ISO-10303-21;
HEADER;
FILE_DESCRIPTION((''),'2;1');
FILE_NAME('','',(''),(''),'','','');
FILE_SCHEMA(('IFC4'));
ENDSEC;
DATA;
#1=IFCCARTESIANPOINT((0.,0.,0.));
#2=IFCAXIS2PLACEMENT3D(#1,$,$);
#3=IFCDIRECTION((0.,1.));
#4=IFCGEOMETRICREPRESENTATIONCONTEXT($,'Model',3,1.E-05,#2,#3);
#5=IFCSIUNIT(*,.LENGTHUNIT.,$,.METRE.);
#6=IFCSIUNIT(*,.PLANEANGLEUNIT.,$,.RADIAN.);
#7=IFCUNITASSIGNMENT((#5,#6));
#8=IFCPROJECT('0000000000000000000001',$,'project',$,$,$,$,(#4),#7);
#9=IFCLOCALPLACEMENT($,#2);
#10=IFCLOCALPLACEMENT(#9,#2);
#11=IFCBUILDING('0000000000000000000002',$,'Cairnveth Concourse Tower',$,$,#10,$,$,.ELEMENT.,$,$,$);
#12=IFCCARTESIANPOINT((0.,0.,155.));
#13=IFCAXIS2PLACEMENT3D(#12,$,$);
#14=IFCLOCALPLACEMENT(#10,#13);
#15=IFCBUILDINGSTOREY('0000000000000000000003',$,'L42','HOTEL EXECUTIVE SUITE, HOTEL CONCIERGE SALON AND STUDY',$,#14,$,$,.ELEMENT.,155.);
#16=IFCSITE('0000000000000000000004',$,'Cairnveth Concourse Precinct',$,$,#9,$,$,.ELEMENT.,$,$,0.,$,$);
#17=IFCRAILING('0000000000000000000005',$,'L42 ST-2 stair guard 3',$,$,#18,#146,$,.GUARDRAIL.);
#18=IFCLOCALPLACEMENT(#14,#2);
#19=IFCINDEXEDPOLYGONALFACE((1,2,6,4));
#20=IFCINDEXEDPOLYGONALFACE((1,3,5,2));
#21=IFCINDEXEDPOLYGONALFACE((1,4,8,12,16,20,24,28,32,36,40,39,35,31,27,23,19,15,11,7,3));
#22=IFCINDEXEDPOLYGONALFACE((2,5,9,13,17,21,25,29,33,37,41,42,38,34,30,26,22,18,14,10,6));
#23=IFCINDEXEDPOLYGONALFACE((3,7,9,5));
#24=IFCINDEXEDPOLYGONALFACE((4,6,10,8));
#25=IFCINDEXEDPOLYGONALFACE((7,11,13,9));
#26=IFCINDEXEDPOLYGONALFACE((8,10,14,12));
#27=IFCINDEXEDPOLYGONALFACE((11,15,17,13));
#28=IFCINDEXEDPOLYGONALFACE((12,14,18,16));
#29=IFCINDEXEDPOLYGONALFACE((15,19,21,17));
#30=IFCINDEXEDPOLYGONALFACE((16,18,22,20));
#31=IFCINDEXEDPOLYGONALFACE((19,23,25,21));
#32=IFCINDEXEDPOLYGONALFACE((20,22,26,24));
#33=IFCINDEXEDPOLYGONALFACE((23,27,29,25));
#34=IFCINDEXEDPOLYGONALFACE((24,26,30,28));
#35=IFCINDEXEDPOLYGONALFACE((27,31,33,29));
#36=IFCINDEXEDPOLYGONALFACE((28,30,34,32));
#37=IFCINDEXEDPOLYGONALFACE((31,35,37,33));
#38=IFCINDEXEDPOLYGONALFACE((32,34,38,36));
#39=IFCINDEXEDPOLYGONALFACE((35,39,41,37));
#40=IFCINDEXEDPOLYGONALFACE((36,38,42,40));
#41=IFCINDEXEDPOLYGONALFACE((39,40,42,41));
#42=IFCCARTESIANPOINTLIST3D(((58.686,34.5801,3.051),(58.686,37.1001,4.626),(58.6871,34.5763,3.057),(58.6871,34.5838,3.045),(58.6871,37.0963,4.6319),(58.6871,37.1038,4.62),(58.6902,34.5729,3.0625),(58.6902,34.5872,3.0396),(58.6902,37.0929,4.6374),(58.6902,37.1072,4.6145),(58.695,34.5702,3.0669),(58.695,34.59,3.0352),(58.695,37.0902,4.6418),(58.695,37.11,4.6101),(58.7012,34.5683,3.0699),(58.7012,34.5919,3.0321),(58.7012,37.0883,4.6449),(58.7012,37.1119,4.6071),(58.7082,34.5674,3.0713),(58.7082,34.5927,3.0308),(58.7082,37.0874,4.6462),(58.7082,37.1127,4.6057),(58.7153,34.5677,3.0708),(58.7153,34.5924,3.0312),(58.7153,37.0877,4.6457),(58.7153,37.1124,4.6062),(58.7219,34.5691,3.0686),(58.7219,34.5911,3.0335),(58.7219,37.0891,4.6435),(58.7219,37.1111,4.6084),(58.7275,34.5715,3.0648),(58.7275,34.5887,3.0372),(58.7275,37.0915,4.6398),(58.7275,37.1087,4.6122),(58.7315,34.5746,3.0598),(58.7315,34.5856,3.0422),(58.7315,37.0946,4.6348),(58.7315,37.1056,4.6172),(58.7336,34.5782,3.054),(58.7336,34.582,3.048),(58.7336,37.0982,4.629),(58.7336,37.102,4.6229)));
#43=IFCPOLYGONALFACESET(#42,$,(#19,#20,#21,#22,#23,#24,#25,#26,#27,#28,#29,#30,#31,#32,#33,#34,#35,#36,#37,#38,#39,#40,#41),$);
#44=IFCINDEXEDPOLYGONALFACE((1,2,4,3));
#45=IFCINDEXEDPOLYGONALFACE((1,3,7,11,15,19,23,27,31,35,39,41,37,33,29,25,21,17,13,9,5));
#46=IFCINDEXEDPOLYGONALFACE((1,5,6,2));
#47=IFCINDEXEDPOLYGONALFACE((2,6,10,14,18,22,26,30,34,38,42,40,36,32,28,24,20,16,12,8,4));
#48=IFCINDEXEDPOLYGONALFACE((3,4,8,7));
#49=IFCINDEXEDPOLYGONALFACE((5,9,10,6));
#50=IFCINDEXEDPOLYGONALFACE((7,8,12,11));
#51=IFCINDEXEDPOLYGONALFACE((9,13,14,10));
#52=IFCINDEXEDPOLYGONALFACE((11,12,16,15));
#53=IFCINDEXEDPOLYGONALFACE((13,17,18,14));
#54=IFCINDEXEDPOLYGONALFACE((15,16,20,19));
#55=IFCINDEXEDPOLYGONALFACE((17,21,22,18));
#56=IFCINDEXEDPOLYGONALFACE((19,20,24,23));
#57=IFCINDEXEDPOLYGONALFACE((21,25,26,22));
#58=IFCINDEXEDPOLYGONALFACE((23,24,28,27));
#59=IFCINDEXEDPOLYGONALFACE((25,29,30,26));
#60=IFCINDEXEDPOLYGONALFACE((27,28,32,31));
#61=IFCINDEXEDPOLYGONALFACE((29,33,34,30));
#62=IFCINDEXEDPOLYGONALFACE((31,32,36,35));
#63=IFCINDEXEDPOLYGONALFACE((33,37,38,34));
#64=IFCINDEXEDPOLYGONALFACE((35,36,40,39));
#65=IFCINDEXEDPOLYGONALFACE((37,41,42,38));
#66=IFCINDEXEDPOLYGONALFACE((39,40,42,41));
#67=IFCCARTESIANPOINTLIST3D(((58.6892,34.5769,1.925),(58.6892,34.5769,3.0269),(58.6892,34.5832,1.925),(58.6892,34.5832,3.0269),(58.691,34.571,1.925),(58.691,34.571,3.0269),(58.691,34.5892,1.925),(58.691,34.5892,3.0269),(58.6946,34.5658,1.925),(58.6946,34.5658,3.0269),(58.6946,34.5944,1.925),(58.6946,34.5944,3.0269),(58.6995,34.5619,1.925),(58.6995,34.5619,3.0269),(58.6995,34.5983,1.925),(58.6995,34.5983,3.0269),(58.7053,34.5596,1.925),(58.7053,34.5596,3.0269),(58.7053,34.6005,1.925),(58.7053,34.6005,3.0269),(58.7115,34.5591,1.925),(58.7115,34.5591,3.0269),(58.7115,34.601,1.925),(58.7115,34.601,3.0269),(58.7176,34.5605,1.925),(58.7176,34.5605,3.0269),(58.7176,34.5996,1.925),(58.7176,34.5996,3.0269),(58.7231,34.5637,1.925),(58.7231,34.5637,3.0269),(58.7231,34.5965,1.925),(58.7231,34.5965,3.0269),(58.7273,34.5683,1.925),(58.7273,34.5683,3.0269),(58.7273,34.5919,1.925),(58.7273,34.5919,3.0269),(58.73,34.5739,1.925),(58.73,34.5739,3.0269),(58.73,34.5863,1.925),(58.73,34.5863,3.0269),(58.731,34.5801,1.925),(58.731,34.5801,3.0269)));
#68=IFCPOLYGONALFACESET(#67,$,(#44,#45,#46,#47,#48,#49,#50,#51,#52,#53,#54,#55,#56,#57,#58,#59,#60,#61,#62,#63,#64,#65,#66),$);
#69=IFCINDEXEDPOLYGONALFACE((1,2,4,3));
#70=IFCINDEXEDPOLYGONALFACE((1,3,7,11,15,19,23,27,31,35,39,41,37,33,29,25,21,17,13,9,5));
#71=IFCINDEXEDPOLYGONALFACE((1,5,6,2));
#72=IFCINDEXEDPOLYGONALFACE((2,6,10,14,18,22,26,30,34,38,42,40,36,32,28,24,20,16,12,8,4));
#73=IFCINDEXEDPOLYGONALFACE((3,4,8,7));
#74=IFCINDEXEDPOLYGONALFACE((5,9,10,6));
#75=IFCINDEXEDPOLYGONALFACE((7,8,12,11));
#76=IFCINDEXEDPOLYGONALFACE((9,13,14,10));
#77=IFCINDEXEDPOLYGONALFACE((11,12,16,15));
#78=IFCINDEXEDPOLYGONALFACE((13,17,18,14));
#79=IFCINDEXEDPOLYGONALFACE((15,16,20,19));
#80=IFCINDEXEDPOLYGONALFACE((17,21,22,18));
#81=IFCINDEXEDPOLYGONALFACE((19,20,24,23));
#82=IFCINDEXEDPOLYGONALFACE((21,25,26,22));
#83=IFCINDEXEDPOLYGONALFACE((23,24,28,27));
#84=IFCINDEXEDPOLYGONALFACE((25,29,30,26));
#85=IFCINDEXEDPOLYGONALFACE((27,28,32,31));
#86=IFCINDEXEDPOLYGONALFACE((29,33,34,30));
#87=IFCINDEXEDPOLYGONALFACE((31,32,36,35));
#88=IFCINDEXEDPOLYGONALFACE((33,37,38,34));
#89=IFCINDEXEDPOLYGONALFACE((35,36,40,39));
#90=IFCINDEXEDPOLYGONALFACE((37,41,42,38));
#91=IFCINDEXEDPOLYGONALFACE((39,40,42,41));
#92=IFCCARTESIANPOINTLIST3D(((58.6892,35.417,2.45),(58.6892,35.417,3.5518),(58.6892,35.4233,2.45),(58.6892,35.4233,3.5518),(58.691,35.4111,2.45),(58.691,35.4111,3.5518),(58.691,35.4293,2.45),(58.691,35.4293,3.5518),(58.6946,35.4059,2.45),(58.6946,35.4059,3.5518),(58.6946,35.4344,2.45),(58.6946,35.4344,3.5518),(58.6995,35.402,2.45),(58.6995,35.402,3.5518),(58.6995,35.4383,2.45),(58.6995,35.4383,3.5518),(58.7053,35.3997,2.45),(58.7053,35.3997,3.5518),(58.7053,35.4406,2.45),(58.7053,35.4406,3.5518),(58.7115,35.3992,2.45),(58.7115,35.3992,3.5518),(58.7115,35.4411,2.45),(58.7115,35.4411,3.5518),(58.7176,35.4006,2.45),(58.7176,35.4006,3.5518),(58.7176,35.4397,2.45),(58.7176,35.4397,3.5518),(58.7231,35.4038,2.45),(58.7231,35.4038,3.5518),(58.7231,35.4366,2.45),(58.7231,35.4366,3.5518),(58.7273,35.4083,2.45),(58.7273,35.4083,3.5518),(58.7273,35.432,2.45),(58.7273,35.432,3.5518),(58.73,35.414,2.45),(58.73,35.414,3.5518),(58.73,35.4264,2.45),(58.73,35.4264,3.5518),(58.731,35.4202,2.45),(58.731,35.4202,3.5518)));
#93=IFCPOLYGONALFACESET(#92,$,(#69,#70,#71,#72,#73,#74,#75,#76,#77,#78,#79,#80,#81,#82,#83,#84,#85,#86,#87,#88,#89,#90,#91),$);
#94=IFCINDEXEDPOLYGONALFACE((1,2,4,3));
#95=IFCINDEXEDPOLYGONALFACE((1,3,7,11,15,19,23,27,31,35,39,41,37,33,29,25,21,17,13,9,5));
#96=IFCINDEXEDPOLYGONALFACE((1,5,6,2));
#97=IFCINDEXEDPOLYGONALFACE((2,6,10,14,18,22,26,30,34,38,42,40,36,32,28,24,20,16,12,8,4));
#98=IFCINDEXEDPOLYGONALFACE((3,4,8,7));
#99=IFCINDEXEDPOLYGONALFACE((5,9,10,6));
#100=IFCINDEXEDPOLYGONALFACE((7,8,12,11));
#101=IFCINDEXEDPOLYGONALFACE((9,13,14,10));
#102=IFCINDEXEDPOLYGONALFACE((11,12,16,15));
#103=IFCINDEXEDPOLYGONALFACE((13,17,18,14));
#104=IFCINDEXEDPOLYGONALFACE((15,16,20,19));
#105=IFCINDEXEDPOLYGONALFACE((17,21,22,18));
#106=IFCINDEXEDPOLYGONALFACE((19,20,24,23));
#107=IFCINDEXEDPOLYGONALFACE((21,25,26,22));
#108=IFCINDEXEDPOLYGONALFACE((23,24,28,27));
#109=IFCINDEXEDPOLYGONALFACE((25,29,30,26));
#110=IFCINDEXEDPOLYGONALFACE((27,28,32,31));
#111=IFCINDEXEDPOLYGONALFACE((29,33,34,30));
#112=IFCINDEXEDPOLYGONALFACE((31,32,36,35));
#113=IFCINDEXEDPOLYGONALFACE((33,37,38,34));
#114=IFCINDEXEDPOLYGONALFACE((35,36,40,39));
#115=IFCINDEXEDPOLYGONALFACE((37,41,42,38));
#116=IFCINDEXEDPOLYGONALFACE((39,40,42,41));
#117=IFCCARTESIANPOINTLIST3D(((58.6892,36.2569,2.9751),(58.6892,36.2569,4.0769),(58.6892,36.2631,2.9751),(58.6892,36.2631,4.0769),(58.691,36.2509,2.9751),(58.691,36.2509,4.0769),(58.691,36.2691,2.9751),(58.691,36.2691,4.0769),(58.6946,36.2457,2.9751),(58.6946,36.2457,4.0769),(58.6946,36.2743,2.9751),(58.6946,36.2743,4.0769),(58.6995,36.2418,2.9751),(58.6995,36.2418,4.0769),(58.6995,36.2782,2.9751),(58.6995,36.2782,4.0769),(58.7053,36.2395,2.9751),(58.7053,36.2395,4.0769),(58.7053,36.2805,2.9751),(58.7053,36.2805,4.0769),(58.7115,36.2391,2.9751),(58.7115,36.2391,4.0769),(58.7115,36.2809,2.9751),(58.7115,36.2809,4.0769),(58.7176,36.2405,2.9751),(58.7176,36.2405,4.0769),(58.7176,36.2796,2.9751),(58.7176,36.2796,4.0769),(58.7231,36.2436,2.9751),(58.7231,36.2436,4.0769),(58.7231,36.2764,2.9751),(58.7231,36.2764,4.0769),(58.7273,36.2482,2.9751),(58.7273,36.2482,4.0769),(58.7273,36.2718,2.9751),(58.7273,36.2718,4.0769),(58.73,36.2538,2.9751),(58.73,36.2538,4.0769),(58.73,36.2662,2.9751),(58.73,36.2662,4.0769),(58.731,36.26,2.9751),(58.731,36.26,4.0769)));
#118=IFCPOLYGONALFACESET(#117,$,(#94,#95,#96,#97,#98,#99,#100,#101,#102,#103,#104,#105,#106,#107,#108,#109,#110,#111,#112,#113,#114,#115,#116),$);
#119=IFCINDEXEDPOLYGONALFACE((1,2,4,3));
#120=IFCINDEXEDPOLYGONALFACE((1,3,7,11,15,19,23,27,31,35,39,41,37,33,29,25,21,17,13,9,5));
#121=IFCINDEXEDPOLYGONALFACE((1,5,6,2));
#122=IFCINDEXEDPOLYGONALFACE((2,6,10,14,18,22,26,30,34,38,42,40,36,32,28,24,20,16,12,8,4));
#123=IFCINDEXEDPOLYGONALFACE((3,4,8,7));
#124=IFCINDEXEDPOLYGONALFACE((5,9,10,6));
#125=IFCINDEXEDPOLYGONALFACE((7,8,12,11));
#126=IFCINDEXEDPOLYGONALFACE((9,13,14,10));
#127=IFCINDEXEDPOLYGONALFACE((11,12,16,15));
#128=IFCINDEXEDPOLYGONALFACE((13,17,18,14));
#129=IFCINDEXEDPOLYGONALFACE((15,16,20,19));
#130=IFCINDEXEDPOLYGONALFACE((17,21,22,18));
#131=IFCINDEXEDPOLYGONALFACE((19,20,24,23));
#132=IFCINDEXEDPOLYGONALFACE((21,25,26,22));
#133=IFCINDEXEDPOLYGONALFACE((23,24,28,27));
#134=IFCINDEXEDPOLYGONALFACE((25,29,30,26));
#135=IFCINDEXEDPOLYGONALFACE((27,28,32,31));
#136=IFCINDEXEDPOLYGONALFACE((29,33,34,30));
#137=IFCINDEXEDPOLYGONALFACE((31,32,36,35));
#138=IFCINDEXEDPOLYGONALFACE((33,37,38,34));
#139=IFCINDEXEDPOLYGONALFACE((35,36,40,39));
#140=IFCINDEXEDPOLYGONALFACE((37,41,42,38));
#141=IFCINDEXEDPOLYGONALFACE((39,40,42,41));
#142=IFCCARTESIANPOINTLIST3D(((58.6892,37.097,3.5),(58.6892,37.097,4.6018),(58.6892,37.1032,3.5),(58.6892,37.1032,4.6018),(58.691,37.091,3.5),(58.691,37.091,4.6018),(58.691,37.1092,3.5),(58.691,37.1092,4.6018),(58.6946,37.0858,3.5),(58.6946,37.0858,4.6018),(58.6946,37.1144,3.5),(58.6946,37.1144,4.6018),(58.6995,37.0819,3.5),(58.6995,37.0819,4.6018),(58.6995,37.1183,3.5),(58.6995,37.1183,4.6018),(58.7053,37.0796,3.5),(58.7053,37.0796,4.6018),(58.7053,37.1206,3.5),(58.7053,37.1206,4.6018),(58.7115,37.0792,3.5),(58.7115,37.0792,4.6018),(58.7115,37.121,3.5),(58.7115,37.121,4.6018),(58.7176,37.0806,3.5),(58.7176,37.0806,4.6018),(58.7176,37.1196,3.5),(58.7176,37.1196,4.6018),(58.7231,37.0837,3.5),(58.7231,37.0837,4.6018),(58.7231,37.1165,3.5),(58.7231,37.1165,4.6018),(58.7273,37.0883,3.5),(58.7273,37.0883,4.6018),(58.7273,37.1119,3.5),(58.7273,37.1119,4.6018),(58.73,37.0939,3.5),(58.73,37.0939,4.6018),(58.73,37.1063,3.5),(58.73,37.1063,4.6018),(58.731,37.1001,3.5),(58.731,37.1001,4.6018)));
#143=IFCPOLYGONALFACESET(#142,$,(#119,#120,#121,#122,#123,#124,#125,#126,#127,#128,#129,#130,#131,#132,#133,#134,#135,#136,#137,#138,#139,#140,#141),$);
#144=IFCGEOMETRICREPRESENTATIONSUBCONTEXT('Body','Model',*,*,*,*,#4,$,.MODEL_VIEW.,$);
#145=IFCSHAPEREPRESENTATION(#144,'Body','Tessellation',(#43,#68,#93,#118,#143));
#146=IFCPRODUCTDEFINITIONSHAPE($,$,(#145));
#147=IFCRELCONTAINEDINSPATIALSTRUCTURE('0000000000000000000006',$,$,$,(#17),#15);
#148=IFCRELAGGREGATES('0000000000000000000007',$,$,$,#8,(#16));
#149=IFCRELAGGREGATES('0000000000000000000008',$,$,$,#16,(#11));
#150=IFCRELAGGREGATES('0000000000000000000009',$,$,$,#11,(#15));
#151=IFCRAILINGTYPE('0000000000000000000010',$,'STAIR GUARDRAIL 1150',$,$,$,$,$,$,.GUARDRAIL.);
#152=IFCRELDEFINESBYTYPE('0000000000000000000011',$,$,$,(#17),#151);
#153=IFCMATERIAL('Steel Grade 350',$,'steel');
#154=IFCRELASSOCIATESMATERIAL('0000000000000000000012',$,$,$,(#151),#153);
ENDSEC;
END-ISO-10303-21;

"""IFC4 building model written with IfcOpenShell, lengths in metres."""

from ifc_helpers import new_model, si_unit, direction, frame, origin, origin_2d, place, context, subcontext, project, spatial, circle, extrude, material, type_object, element, save


model = new_model("IFC4")

# Units and contexts
model_context = context("Model", 3, precision=1e-05, world=origin(), true_north=direction((0.0, 1.0)))
body_context = subcontext(model_context, "Body", "Model", "MODEL_VIEW")
ifc_project = project(units=[si_unit("LENGTHUNIT", "METRE"), si_unit("PLANEANGLEUNIT", "RADIAN")], contexts=[model_context])

# Site, building, storey
site_placement = place(None, origin())
site = spatial("IfcSite", under=ifc_project, at=site_placement, Name="Cairnveth Concourse Precinct", CompositionType="ELEMENT", RefElevation=0.0)
building_placement = place(site_placement, origin())
building = spatial("IfcBuilding", under=site, at=building_placement, Name="Cairnveth Concourse Tower", CompositionType="ELEMENT")
storey_placement = place(building_placement, frame((0.0, 0.0, 155.0)))
storey = spatial("IfcBuildingStorey", under=building, at=storey_placement, Name="L42", Description="HOTEL EXECUTIVE SUITE, HOTEL CONCIERGE SALON AND STUDY", CompositionType="ELEMENT", Elevation=155.0)

# Shared definitions
ifc_material_1 = material(Name="Steel Grade 350", Category="steel")

# Railing
railing_type = type_object("IfcRailingType", Name="STAIR GUARDRAIL 1150", PredefinedType="GUARDRAIL", material=ifc_material_1)
railing_1_placement = place(storey_placement, frame((58.71, 34.5801, 1.925)))
element("IfcRailing", 1, at=railing_1_placement, inside=storey, type_object=railing_type, Name="L42 ST-2 stair guard 3", PredefinedType="GUARDRAIL", context=body_context, shape_type="SweptSolid", body=[
    extrude(circle(Radius=0.0239, at=origin_2d()), frame((0.0, 0.0, 1.126), z_axis=(0.0, 0.848008, 0.529984), x_axis=(-1.0, 0.0, 0.0)), (0.0, 0.0, 1.0), 2.9717),
    extrude(circle(Radius=0.021, at=origin_2d()), origin(), (0.0, 0.0, 1.0), 1.1018),
    extrude(circle(Radius=0.021, at=origin_2d()), frame((0.0, 0.8401, 0.5249)), (0.0, 0.0, 1.0), 1.1018),
    extrude(circle(Radius=0.021, at=origin_2d()), frame((0.0, 1.6799, 1.05)), (0.0, 0.0, 1.0), 1.1018),
    extrude(circle(Radius=0.021, at=origin_2d()), frame((0.0, 2.52, 1.575)), (0.0, 0.0, 1.0), 1.1018),
])

save(model, "model.ifc")
